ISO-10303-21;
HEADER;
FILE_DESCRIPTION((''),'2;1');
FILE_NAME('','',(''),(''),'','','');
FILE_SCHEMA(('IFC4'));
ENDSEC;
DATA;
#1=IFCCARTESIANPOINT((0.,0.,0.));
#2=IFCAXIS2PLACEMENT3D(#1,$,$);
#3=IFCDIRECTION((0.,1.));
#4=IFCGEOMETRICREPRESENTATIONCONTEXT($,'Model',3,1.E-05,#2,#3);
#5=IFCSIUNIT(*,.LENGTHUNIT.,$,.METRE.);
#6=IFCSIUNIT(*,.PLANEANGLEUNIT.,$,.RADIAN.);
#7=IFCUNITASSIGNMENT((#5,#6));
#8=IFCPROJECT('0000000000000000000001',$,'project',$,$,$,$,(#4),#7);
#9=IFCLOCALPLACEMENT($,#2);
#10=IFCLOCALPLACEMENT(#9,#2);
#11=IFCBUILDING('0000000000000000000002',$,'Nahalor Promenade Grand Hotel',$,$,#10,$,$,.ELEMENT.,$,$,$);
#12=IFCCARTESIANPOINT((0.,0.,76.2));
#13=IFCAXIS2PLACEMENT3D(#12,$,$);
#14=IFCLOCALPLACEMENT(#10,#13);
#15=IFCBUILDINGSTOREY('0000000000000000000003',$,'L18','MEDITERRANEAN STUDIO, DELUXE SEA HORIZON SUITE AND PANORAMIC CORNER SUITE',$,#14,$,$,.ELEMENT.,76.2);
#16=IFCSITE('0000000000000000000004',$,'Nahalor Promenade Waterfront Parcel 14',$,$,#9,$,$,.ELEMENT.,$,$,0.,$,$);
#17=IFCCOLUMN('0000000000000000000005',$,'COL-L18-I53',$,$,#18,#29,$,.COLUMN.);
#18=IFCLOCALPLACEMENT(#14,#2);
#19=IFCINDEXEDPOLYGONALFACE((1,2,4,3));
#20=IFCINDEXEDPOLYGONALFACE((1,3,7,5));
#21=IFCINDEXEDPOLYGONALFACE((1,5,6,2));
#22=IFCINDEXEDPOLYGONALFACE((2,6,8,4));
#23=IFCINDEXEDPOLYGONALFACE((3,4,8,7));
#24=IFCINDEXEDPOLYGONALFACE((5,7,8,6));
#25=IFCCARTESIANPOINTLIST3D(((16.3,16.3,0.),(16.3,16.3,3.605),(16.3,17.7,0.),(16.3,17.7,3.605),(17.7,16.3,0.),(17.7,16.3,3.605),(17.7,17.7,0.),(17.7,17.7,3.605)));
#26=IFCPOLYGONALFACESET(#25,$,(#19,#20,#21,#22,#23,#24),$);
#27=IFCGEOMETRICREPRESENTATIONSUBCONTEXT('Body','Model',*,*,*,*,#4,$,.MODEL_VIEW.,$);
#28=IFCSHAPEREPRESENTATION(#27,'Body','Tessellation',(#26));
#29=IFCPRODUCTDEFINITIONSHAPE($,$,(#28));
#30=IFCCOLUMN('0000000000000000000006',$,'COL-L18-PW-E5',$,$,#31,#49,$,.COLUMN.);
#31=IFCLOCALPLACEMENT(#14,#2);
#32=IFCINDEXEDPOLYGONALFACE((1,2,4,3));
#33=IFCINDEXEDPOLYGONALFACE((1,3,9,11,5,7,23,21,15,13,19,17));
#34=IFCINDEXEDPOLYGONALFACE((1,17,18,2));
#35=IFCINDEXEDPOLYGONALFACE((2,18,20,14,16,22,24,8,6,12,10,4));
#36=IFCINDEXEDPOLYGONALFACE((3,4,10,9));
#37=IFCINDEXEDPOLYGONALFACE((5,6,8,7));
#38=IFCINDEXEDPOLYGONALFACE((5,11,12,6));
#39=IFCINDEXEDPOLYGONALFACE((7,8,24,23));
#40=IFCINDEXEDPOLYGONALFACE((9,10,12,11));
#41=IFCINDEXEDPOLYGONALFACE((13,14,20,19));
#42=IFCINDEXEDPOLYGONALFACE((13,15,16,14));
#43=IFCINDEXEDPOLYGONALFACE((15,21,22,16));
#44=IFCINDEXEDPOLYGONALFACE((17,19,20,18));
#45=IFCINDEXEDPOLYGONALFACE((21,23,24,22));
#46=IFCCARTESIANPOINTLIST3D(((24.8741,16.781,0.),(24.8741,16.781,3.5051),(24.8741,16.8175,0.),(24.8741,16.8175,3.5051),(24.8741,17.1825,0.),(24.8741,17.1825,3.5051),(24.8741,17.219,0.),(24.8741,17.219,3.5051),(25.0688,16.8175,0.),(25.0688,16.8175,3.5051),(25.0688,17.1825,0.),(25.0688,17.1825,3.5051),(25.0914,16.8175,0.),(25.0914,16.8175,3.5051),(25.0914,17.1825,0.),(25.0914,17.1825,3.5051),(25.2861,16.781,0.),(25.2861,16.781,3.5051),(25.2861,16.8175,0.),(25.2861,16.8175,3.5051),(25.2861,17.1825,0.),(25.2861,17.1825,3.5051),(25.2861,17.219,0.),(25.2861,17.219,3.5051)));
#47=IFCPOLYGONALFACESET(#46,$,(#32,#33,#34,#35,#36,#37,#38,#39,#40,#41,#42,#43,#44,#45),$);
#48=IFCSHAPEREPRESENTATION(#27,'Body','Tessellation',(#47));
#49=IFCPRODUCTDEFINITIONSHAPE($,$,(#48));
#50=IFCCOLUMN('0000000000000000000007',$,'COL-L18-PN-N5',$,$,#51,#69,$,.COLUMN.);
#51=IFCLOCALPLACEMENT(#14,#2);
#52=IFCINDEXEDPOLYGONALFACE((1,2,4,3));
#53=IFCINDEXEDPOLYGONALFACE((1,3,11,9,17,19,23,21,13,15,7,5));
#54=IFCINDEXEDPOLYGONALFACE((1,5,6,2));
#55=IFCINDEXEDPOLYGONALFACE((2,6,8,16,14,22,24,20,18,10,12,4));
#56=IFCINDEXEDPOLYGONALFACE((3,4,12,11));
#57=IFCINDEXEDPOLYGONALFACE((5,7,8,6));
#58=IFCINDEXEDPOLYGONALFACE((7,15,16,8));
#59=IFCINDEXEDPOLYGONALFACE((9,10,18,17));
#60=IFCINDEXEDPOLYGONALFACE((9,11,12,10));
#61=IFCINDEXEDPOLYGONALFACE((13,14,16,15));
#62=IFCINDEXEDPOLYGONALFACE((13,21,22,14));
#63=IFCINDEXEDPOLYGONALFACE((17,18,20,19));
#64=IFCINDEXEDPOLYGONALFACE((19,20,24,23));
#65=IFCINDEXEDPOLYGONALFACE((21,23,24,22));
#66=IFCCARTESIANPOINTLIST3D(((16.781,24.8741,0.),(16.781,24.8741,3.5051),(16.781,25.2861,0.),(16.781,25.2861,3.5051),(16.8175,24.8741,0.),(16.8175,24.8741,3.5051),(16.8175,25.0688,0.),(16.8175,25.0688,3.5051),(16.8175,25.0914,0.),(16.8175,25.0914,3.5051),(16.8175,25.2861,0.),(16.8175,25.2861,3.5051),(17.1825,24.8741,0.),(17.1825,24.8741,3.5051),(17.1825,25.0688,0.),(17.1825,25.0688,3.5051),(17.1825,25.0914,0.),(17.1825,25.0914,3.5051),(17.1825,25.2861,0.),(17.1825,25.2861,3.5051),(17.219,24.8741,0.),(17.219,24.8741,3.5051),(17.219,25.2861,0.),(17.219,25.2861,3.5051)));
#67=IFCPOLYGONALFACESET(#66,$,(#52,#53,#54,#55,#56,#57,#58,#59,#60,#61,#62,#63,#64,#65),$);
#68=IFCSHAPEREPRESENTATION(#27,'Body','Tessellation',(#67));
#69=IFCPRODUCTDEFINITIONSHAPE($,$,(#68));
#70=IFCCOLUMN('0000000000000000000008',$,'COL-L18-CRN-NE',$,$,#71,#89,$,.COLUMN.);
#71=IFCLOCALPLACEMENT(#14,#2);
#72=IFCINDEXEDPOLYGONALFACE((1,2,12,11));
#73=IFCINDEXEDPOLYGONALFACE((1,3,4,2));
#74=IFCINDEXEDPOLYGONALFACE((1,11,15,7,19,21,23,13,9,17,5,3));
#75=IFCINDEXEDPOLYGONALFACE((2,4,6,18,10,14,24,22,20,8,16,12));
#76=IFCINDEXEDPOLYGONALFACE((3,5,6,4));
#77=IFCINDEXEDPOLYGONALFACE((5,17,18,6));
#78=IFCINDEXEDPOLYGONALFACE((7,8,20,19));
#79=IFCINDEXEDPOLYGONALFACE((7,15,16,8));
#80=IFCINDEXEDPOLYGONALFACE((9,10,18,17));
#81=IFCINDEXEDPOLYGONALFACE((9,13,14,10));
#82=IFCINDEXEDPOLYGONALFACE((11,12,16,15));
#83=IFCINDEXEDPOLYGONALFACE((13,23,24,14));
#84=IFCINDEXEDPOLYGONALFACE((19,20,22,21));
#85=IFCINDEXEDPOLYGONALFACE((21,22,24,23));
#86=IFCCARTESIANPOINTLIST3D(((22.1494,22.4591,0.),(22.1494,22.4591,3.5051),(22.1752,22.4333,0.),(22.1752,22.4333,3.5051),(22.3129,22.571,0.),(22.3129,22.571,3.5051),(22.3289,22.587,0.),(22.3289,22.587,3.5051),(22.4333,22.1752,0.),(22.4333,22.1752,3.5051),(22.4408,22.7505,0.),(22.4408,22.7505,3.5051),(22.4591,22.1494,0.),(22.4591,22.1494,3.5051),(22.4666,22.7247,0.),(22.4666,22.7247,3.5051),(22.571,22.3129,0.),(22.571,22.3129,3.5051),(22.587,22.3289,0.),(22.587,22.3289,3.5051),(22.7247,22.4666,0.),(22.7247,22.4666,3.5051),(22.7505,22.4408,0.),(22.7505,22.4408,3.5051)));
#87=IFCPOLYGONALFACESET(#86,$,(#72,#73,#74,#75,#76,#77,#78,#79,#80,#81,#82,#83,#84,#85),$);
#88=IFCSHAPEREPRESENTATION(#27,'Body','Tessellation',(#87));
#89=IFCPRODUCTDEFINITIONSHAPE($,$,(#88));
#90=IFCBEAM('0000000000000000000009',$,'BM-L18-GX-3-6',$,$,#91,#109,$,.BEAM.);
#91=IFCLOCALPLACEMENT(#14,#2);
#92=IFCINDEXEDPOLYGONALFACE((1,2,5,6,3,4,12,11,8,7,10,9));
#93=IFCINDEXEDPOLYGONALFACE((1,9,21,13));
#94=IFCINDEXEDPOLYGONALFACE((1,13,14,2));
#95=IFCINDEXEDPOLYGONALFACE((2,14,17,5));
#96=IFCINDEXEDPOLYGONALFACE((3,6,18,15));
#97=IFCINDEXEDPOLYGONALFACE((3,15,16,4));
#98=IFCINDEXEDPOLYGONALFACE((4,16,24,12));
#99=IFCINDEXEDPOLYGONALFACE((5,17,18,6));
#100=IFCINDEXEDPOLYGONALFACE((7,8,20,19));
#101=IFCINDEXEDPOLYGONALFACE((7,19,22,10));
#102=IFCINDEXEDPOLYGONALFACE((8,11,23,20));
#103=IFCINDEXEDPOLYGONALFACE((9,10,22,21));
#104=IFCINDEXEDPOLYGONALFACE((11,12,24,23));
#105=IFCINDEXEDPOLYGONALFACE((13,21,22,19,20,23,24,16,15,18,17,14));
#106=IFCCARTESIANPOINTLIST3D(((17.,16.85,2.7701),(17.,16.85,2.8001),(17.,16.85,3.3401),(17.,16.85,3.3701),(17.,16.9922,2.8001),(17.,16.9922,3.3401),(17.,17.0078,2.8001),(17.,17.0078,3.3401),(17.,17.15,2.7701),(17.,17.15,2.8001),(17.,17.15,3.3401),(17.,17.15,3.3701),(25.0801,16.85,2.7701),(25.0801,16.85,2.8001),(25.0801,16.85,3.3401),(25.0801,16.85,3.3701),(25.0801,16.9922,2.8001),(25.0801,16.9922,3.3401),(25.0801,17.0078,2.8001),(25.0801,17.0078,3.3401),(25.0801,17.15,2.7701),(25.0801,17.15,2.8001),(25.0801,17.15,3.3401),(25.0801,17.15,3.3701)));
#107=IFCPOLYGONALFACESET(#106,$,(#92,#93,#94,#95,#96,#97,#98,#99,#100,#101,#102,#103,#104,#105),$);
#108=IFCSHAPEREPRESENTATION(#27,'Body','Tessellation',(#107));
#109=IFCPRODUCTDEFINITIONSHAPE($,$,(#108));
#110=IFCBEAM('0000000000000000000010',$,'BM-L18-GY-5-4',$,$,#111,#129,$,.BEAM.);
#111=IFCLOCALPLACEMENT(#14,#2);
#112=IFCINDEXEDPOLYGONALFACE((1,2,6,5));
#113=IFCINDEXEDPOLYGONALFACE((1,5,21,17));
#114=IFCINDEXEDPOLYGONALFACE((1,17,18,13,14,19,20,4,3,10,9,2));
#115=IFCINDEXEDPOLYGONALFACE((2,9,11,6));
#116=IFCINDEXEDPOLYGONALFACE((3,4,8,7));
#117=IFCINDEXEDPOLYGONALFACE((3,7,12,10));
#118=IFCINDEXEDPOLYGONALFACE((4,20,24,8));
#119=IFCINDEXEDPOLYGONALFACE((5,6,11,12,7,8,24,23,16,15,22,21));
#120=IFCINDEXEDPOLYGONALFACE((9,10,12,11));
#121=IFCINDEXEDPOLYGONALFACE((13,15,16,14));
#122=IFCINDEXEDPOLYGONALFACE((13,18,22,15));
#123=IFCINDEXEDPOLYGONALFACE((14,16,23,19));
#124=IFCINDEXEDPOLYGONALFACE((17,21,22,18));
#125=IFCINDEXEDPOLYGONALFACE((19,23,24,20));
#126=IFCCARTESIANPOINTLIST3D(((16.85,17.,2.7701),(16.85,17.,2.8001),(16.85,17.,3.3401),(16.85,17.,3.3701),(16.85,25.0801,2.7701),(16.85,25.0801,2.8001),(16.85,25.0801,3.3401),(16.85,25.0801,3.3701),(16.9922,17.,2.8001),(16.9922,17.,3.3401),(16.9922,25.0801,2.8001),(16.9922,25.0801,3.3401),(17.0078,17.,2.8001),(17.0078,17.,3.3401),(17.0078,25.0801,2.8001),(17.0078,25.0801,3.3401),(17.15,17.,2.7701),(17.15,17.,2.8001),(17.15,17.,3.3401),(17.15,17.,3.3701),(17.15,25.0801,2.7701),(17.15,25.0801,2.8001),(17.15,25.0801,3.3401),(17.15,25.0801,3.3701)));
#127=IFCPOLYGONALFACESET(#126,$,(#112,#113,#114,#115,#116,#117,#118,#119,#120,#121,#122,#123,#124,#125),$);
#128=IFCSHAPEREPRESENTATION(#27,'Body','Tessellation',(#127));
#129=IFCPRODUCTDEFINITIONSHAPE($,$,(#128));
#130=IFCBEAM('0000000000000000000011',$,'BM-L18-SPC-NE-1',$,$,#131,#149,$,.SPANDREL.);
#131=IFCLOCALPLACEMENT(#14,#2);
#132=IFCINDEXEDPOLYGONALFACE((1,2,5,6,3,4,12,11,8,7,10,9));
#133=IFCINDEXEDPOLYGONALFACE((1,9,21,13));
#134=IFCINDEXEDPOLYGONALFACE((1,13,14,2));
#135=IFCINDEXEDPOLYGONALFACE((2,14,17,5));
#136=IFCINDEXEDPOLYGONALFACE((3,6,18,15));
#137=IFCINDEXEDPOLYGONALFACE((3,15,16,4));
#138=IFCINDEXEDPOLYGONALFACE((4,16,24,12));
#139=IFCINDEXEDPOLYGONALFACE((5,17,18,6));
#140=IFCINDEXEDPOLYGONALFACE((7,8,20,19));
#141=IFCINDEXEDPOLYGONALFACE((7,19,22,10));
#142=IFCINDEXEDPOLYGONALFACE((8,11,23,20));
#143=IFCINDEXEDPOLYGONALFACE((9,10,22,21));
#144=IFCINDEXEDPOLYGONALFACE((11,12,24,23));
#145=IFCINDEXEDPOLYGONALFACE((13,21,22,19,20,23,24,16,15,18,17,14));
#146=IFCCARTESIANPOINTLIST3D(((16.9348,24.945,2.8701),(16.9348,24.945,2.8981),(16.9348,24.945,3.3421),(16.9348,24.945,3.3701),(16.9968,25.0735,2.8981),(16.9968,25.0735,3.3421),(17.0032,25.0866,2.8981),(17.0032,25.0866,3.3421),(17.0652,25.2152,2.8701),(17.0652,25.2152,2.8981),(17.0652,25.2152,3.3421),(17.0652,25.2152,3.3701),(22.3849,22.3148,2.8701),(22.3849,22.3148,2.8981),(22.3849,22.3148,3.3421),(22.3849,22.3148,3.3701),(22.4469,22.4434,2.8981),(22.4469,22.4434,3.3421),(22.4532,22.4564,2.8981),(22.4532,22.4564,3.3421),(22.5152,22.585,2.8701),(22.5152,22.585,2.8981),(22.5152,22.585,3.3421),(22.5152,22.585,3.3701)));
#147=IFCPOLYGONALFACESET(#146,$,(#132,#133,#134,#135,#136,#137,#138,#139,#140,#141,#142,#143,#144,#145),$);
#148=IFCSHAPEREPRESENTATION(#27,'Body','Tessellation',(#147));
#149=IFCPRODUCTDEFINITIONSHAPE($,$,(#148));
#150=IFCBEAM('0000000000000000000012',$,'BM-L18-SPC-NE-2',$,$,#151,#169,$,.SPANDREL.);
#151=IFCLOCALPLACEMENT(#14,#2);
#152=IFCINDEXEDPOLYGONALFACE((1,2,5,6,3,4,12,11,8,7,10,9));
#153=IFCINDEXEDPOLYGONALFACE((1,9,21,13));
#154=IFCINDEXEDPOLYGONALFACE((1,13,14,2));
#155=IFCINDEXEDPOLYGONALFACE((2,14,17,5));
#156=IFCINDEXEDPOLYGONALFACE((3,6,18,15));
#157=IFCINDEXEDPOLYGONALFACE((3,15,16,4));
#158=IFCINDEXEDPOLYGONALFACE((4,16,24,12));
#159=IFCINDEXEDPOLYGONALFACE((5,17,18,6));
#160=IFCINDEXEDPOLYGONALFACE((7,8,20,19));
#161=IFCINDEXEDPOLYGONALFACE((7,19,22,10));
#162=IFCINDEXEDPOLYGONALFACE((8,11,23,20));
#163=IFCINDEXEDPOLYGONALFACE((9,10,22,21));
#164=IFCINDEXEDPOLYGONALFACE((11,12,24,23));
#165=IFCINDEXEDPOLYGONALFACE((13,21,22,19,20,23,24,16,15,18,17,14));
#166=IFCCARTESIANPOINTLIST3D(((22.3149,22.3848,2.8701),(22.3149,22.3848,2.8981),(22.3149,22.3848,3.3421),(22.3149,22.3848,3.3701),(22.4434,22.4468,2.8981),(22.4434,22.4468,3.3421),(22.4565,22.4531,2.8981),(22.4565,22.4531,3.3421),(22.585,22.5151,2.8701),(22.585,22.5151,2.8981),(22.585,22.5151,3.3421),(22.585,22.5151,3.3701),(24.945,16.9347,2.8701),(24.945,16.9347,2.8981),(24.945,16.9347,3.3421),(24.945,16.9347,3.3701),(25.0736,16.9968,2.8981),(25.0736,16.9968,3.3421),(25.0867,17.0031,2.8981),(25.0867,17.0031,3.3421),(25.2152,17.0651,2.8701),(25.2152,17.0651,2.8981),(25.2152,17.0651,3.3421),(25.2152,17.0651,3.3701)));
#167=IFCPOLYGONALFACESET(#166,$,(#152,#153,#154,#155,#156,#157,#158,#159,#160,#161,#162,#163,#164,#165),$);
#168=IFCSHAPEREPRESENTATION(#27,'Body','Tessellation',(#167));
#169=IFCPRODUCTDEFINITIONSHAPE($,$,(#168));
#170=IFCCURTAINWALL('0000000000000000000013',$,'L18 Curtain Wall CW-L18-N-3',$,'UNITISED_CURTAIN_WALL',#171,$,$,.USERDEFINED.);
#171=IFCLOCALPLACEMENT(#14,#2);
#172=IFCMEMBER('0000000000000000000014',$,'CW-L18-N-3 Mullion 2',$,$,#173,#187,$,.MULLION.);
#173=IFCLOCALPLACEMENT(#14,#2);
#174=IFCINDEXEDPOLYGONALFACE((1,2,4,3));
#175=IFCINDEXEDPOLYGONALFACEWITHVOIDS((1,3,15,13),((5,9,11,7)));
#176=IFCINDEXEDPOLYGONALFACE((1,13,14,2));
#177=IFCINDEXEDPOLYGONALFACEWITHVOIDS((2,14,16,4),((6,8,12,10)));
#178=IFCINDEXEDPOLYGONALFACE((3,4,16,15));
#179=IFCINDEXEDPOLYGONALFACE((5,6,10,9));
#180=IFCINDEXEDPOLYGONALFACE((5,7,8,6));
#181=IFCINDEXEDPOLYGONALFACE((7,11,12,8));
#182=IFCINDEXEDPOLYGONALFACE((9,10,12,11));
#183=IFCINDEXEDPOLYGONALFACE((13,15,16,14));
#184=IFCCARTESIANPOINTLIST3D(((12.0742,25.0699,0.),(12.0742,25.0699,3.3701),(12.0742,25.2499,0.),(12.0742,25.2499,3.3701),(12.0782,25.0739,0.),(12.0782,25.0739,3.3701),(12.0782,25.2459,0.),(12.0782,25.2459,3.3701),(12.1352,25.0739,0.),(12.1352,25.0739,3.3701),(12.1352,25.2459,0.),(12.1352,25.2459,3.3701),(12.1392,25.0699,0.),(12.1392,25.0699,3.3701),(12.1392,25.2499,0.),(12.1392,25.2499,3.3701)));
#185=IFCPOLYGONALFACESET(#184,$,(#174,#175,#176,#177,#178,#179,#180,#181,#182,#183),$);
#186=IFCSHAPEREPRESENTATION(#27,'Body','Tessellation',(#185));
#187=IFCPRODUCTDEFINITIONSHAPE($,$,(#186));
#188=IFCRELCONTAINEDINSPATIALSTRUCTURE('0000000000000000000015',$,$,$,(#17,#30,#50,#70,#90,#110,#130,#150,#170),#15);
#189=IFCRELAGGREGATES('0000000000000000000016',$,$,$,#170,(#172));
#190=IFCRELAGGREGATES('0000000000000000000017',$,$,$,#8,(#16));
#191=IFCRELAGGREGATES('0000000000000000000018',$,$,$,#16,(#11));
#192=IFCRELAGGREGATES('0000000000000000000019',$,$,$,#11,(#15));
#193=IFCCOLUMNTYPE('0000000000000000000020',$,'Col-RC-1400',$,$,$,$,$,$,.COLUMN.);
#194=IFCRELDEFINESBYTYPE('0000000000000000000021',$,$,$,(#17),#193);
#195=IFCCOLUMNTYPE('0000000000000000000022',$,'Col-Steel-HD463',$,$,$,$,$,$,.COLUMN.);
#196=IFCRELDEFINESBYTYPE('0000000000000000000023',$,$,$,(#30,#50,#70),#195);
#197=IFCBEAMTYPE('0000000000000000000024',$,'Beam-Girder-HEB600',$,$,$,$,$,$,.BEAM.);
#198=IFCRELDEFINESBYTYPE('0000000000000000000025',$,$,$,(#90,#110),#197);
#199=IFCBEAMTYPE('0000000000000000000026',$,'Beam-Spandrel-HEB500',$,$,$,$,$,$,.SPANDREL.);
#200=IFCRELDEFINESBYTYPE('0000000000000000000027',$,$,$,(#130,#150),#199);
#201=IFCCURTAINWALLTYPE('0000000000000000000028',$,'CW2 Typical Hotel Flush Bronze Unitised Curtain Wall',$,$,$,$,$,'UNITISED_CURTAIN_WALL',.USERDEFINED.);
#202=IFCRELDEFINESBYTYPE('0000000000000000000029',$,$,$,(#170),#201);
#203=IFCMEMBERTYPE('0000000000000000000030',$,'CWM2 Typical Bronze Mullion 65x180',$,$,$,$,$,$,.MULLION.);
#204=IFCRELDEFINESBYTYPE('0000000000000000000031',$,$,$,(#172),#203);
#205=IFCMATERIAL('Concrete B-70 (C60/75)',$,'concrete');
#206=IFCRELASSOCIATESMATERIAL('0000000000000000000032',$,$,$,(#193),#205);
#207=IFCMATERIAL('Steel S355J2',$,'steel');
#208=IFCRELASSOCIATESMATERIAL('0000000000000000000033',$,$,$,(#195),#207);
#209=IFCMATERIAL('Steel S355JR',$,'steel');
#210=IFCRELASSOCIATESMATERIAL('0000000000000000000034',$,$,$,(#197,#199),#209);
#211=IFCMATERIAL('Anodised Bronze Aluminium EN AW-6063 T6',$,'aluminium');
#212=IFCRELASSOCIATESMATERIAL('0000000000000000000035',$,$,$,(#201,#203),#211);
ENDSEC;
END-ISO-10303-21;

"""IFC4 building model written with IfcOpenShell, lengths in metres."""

from ifc_helpers import new_model, si_unit, direction, frame, origin, origin_2d, place, context, subcontext, project, spatial, rectangle, hollow_rectangle, i_section, extrude, source, transform, mapped, material, material_profile, profile_set, type_object, element, aggregate, save


model = new_model("IFC4")

# Units and contexts
model_context = context("Model", 3, precision=1e-05, world=origin(), true_north=direction((0.0, 1.0)))
body_context = subcontext(model_context, "Body", "Model", "MODEL_VIEW")
ifc_project = project(units=[si_unit("LENGTHUNIT", "METRE"), si_unit("PLANEANGLEUNIT", "RADIAN")], contexts=[model_context])

# Site, building, storey
site_placement = place(None, origin())
site = spatial("IfcSite", under=ifc_project, at=site_placement, Name="Nahalor Promenade Waterfront Parcel 14", CompositionType="ELEMENT", RefElevation=0.0)
building_placement = place(site_placement, origin())
building = spatial("IfcBuilding", under=site, at=building_placement, Name="Nahalor Promenade Grand Hotel", CompositionType="ELEMENT")
storey_placement = place(building_placement, frame((0.0, 0.0, 76.2)))
storey = spatial("IfcBuildingStorey", under=building, at=storey_placement, Name="L18", Description="MEDITERRANEAN STUDIO, DELUXE SEA HORIZON SUITE AND PANORAMIC CORNER SUITE", CompositionType="ELEMENT", Elevation=76.2)

# Columns
ifc_material_1 = material(Name="Concrete B-70 (C60/75)", Category="concrete")
ifc_material_profile_1 = material_profile(ifc_material_1, rectangle(XDim=1.4, YDim=1.4, at=origin_2d()), Name="RC 1400x1400")
ifc_profile_set_1 = profile_set([ifc_material_profile_1], Name="Concrete B-70 (C60/75)")
column_type_1 = type_object("IfcColumnType", Name="Col-RC-1400", PredefinedType="COLUMN", material=ifc_profile_set_1)
shared_shape_1 = source(origin(), body_context, "Body", "SweptSolid", [
    extrude(rectangle(XDim=1.4, YDim=1.4, at=origin_2d()), origin(), (0.0, 0.0, 1.0), 3.605),
])
column_placement = place(storey_placement, frame((17.0, 17.0, 0.0), z_axis=(0.0, 0.0, 1.0), x_axis=(1.0, 0.0, 0.0)))
element("IfcColumn", 1, at=column_placement, inside=storey, type_object=column_type_1, Name="COL-L18-I53", PredefinedType="COLUMN", context=body_context, shape_type="MappedRepresentation", body=[
    mapped(shared_shape_1, transform((0.0, 0.0, 0.0), scale=1.0)),
])
ifc_material_2 = material(Name="Steel S355J2", Category="steel")
ifc_material_profile_2 = material_profile(ifc_material_2, i_section(OverallWidth=0.412, OverallDepth=0.438, WebThickness=0.0226, FlangeThickness=0.0365, at=origin_2d()), Name="HD 400x463")
ifc_profile_set_2 = profile_set([ifc_material_profile_2], Name="Steel S355J2")
column_type_2 = type_object("IfcColumnType", Name="Col-Steel-HD463", PredefinedType="COLUMN", material=ifc_profile_set_2)
shared_shape_2 = source(origin(), body_context, "Body", "SweptSolid", [
    extrude(i_section(OverallWidth=0.412, OverallDepth=0.438, WebThickness=0.0226, FlangeThickness=0.0365, at=origin_2d()), origin(), (0.0, 0.0, 1.0), 3.5051),
])
for number, where, z_axis, x_axis, name in (
    (2, (25.0801, 17.0, 0.0), (0.0, 0.0, 1.0), (1.0, 0.0, 0.0), "COL-L18-PW-E5"),
    (3, (17.0, 25.0801, 0.0), (0.0, 0.0, 1.0), (0.0, 1.0, 0.0), "COL-L18-PN-N5"),
    (4, (22.45, 22.45, 0.0), (0.0, 0.0, 1.0), (0.707107, 0.707107, 0.0), "COL-L18-CRN-NE"),
):
    element("IfcColumn", number, at=place(storey_placement, frame(where, z_axis=z_axis, x_axis=x_axis)), inside=storey, type_object=column_type_2, Name=name, PredefinedType="COLUMN", context=body_context, shape_type="MappedRepresentation", body=[
        mapped(shared_shape_2, transform((0.0, 0.0, 0.0), scale=1.0)),
    ])

# Beams
ifc_material_3 = material(Name="Steel S355JR", Category="steel")
ifc_material_profile_3 = material_profile(ifc_material_3, i_section(OverallWidth=0.3, OverallDepth=0.6, WebThickness=0.0155, FlangeThickness=0.03, at=origin_2d()), Name="HEB 600")
ifc_profile_set_3 = profile_set([ifc_material_profile_3], Name="Steel S355JR")
beam_type_1 = type_object("IfcBeamType", Name="Beam-Girder-HEB600", PredefinedType="BEAM", material=ifc_profile_set_3)
shared_shape_3 = source(origin(), body_context, "Body", "SweptSolid", [
    extrude(i_section(OverallWidth=0.3, OverallDepth=0.6, WebThickness=0.0155, FlangeThickness=0.03, at=origin_2d()), origin(), (0.0, 0.0, 1.0), 8.0801),
])
for number, where, z_axis, x_axis, name in (
    (5, (17.0, 17.0, 3.0701), (1.0, 0.0, 0.0), (0.0, 1.0, 0.0), "BM-L18-GX-3-6"),
    (6, (17.0, 17.0, 3.0701), (0.0, 1.0, 0.0), (-1.0, 0.0, 0.0), "BM-L18-GY-5-4"),
):
    element("IfcBeam", number, at=place(storey_placement, frame(where, z_axis=z_axis, x_axis=x_axis)), inside=storey, type_object=beam_type_1, Name=name, PredefinedType="BEAM", context=body_context, shape_type="MappedRepresentation", body=[
        mapped(shared_shape_3, transform((0.0, 0.0, 0.0), scale=1.0)),
    ])
ifc_material_profile_4 = material_profile(ifc_material_3, i_section(OverallWidth=0.3, OverallDepth=0.5, WebThickness=0.0145, FlangeThickness=0.028, at=origin_2d()), Name="HEB 500")
ifc_profile_set_4 = profile_set([ifc_material_profile_4], Name="Steel S355JR")
beam_type_2 = type_object("IfcBeamType", Name="Beam-Spandrel-HEB500", PredefinedType="SPANDREL", material=ifc_profile_set_4)
shared_shape_4 = source(origin(), body_context, "Body", "SweptSolid", [
    extrude(i_section(OverallWidth=0.3, OverallDepth=0.5, WebThickness=0.0145, FlangeThickness=0.028, at=origin_2d()), origin(), (0.0, 0.0, 1.0), 6.0515),
])
for number, where, z_axis, x_axis, name in (
    (7, (17.0, 25.0801, 3.1201), (0.900609, -0.434631, 0.0), (0.434631, 0.900609, 0.0), "BM-L18-SPC-NE-1"),
    (8, (22.45, 22.45, 3.1201), (0.434631, -0.900609, 0.0), (0.900609, 0.434631, 0.0), "BM-L18-SPC-NE-2"),
):
    element("IfcBeam", number, at=place(storey_placement, frame(where, z_axis=z_axis, x_axis=x_axis)), inside=storey, type_object=beam_type_2, Name=name, PredefinedType="SPANDREL", context=body_context, shape_type="MappedRepresentation", body=[
        mapped(shared_shape_4, transform((0.0, 0.0, 0.0), scale=1.0)),
    ])

# Curtain wall, member
ifc_material_4 = material(Name="Anodised Bronze Aluminium EN AW-6063 T6", Category="aluminium")
curtain_wall_type = type_object("IfcCurtainWallType", Name="CW2 Typical Hotel Flush Bronze Unitised Curtain Wall", ElementType="UNITISED_CURTAIN_WALL", PredefinedType="USERDEFINED", material=ifc_material_4)
curtain_wall_1_placement = place(storey_placement, origin())
curtain_wall_1 = element("IfcCurtainWall", 9, at=curtain_wall_1_placement, inside=storey, type_object=curtain_wall_type, Name="L18 Curtain Wall CW-L18-N-3", ObjectType="UNITISED_CURTAIN_WALL", PredefinedType="USERDEFINED")
ifc_material_profile_5 = material_profile(ifc_material_4, hollow_rectangle(XDim=0.065, YDim=0.18, WallThickness=0.004, at=origin_2d()), Name="CWM 65x180x4")
ifc_profile_set_5 = profile_set([ifc_material_profile_5], Name="Anodised Bronze Aluminium EN AW-6063 T6")
member_type_1 = type_object("IfcMemberType", Name="CWM2 Typical Bronze Mullion 65x180", PredefinedType="MULLION", material=ifc_profile_set_5)
shared_shape_5 = source(origin(), body_context, "Body", "SweptSolid", [
    extrude(hollow_rectangle(XDim=0.065, YDim=0.18, WallThickness=0.004, at=origin_2d()), origin(), (0.0, 0.0, 1.0), 3.3701),
])
member_1_placement = place(storey_placement, frame((12.1067, 25.1599, 0.0), z_axis=(0.0, 0.0, 1.0), x_axis=(1.0, 0.0, 0.0)))
member_1 = element("IfcMember", 10, at=member_1_placement, type_object=member_type_1, Name="CW-L18-N-3 Mullion 2", PredefinedType="MULLION", context=body_context, shape_type="MappedRepresentation", body=[
    mapped(shared_shape_5, transform((0.0, 0.0, 0.0), scale=1.0)),
])

aggregate(curtain_wall_1, [member_1])

save(model, "model.ifc")
